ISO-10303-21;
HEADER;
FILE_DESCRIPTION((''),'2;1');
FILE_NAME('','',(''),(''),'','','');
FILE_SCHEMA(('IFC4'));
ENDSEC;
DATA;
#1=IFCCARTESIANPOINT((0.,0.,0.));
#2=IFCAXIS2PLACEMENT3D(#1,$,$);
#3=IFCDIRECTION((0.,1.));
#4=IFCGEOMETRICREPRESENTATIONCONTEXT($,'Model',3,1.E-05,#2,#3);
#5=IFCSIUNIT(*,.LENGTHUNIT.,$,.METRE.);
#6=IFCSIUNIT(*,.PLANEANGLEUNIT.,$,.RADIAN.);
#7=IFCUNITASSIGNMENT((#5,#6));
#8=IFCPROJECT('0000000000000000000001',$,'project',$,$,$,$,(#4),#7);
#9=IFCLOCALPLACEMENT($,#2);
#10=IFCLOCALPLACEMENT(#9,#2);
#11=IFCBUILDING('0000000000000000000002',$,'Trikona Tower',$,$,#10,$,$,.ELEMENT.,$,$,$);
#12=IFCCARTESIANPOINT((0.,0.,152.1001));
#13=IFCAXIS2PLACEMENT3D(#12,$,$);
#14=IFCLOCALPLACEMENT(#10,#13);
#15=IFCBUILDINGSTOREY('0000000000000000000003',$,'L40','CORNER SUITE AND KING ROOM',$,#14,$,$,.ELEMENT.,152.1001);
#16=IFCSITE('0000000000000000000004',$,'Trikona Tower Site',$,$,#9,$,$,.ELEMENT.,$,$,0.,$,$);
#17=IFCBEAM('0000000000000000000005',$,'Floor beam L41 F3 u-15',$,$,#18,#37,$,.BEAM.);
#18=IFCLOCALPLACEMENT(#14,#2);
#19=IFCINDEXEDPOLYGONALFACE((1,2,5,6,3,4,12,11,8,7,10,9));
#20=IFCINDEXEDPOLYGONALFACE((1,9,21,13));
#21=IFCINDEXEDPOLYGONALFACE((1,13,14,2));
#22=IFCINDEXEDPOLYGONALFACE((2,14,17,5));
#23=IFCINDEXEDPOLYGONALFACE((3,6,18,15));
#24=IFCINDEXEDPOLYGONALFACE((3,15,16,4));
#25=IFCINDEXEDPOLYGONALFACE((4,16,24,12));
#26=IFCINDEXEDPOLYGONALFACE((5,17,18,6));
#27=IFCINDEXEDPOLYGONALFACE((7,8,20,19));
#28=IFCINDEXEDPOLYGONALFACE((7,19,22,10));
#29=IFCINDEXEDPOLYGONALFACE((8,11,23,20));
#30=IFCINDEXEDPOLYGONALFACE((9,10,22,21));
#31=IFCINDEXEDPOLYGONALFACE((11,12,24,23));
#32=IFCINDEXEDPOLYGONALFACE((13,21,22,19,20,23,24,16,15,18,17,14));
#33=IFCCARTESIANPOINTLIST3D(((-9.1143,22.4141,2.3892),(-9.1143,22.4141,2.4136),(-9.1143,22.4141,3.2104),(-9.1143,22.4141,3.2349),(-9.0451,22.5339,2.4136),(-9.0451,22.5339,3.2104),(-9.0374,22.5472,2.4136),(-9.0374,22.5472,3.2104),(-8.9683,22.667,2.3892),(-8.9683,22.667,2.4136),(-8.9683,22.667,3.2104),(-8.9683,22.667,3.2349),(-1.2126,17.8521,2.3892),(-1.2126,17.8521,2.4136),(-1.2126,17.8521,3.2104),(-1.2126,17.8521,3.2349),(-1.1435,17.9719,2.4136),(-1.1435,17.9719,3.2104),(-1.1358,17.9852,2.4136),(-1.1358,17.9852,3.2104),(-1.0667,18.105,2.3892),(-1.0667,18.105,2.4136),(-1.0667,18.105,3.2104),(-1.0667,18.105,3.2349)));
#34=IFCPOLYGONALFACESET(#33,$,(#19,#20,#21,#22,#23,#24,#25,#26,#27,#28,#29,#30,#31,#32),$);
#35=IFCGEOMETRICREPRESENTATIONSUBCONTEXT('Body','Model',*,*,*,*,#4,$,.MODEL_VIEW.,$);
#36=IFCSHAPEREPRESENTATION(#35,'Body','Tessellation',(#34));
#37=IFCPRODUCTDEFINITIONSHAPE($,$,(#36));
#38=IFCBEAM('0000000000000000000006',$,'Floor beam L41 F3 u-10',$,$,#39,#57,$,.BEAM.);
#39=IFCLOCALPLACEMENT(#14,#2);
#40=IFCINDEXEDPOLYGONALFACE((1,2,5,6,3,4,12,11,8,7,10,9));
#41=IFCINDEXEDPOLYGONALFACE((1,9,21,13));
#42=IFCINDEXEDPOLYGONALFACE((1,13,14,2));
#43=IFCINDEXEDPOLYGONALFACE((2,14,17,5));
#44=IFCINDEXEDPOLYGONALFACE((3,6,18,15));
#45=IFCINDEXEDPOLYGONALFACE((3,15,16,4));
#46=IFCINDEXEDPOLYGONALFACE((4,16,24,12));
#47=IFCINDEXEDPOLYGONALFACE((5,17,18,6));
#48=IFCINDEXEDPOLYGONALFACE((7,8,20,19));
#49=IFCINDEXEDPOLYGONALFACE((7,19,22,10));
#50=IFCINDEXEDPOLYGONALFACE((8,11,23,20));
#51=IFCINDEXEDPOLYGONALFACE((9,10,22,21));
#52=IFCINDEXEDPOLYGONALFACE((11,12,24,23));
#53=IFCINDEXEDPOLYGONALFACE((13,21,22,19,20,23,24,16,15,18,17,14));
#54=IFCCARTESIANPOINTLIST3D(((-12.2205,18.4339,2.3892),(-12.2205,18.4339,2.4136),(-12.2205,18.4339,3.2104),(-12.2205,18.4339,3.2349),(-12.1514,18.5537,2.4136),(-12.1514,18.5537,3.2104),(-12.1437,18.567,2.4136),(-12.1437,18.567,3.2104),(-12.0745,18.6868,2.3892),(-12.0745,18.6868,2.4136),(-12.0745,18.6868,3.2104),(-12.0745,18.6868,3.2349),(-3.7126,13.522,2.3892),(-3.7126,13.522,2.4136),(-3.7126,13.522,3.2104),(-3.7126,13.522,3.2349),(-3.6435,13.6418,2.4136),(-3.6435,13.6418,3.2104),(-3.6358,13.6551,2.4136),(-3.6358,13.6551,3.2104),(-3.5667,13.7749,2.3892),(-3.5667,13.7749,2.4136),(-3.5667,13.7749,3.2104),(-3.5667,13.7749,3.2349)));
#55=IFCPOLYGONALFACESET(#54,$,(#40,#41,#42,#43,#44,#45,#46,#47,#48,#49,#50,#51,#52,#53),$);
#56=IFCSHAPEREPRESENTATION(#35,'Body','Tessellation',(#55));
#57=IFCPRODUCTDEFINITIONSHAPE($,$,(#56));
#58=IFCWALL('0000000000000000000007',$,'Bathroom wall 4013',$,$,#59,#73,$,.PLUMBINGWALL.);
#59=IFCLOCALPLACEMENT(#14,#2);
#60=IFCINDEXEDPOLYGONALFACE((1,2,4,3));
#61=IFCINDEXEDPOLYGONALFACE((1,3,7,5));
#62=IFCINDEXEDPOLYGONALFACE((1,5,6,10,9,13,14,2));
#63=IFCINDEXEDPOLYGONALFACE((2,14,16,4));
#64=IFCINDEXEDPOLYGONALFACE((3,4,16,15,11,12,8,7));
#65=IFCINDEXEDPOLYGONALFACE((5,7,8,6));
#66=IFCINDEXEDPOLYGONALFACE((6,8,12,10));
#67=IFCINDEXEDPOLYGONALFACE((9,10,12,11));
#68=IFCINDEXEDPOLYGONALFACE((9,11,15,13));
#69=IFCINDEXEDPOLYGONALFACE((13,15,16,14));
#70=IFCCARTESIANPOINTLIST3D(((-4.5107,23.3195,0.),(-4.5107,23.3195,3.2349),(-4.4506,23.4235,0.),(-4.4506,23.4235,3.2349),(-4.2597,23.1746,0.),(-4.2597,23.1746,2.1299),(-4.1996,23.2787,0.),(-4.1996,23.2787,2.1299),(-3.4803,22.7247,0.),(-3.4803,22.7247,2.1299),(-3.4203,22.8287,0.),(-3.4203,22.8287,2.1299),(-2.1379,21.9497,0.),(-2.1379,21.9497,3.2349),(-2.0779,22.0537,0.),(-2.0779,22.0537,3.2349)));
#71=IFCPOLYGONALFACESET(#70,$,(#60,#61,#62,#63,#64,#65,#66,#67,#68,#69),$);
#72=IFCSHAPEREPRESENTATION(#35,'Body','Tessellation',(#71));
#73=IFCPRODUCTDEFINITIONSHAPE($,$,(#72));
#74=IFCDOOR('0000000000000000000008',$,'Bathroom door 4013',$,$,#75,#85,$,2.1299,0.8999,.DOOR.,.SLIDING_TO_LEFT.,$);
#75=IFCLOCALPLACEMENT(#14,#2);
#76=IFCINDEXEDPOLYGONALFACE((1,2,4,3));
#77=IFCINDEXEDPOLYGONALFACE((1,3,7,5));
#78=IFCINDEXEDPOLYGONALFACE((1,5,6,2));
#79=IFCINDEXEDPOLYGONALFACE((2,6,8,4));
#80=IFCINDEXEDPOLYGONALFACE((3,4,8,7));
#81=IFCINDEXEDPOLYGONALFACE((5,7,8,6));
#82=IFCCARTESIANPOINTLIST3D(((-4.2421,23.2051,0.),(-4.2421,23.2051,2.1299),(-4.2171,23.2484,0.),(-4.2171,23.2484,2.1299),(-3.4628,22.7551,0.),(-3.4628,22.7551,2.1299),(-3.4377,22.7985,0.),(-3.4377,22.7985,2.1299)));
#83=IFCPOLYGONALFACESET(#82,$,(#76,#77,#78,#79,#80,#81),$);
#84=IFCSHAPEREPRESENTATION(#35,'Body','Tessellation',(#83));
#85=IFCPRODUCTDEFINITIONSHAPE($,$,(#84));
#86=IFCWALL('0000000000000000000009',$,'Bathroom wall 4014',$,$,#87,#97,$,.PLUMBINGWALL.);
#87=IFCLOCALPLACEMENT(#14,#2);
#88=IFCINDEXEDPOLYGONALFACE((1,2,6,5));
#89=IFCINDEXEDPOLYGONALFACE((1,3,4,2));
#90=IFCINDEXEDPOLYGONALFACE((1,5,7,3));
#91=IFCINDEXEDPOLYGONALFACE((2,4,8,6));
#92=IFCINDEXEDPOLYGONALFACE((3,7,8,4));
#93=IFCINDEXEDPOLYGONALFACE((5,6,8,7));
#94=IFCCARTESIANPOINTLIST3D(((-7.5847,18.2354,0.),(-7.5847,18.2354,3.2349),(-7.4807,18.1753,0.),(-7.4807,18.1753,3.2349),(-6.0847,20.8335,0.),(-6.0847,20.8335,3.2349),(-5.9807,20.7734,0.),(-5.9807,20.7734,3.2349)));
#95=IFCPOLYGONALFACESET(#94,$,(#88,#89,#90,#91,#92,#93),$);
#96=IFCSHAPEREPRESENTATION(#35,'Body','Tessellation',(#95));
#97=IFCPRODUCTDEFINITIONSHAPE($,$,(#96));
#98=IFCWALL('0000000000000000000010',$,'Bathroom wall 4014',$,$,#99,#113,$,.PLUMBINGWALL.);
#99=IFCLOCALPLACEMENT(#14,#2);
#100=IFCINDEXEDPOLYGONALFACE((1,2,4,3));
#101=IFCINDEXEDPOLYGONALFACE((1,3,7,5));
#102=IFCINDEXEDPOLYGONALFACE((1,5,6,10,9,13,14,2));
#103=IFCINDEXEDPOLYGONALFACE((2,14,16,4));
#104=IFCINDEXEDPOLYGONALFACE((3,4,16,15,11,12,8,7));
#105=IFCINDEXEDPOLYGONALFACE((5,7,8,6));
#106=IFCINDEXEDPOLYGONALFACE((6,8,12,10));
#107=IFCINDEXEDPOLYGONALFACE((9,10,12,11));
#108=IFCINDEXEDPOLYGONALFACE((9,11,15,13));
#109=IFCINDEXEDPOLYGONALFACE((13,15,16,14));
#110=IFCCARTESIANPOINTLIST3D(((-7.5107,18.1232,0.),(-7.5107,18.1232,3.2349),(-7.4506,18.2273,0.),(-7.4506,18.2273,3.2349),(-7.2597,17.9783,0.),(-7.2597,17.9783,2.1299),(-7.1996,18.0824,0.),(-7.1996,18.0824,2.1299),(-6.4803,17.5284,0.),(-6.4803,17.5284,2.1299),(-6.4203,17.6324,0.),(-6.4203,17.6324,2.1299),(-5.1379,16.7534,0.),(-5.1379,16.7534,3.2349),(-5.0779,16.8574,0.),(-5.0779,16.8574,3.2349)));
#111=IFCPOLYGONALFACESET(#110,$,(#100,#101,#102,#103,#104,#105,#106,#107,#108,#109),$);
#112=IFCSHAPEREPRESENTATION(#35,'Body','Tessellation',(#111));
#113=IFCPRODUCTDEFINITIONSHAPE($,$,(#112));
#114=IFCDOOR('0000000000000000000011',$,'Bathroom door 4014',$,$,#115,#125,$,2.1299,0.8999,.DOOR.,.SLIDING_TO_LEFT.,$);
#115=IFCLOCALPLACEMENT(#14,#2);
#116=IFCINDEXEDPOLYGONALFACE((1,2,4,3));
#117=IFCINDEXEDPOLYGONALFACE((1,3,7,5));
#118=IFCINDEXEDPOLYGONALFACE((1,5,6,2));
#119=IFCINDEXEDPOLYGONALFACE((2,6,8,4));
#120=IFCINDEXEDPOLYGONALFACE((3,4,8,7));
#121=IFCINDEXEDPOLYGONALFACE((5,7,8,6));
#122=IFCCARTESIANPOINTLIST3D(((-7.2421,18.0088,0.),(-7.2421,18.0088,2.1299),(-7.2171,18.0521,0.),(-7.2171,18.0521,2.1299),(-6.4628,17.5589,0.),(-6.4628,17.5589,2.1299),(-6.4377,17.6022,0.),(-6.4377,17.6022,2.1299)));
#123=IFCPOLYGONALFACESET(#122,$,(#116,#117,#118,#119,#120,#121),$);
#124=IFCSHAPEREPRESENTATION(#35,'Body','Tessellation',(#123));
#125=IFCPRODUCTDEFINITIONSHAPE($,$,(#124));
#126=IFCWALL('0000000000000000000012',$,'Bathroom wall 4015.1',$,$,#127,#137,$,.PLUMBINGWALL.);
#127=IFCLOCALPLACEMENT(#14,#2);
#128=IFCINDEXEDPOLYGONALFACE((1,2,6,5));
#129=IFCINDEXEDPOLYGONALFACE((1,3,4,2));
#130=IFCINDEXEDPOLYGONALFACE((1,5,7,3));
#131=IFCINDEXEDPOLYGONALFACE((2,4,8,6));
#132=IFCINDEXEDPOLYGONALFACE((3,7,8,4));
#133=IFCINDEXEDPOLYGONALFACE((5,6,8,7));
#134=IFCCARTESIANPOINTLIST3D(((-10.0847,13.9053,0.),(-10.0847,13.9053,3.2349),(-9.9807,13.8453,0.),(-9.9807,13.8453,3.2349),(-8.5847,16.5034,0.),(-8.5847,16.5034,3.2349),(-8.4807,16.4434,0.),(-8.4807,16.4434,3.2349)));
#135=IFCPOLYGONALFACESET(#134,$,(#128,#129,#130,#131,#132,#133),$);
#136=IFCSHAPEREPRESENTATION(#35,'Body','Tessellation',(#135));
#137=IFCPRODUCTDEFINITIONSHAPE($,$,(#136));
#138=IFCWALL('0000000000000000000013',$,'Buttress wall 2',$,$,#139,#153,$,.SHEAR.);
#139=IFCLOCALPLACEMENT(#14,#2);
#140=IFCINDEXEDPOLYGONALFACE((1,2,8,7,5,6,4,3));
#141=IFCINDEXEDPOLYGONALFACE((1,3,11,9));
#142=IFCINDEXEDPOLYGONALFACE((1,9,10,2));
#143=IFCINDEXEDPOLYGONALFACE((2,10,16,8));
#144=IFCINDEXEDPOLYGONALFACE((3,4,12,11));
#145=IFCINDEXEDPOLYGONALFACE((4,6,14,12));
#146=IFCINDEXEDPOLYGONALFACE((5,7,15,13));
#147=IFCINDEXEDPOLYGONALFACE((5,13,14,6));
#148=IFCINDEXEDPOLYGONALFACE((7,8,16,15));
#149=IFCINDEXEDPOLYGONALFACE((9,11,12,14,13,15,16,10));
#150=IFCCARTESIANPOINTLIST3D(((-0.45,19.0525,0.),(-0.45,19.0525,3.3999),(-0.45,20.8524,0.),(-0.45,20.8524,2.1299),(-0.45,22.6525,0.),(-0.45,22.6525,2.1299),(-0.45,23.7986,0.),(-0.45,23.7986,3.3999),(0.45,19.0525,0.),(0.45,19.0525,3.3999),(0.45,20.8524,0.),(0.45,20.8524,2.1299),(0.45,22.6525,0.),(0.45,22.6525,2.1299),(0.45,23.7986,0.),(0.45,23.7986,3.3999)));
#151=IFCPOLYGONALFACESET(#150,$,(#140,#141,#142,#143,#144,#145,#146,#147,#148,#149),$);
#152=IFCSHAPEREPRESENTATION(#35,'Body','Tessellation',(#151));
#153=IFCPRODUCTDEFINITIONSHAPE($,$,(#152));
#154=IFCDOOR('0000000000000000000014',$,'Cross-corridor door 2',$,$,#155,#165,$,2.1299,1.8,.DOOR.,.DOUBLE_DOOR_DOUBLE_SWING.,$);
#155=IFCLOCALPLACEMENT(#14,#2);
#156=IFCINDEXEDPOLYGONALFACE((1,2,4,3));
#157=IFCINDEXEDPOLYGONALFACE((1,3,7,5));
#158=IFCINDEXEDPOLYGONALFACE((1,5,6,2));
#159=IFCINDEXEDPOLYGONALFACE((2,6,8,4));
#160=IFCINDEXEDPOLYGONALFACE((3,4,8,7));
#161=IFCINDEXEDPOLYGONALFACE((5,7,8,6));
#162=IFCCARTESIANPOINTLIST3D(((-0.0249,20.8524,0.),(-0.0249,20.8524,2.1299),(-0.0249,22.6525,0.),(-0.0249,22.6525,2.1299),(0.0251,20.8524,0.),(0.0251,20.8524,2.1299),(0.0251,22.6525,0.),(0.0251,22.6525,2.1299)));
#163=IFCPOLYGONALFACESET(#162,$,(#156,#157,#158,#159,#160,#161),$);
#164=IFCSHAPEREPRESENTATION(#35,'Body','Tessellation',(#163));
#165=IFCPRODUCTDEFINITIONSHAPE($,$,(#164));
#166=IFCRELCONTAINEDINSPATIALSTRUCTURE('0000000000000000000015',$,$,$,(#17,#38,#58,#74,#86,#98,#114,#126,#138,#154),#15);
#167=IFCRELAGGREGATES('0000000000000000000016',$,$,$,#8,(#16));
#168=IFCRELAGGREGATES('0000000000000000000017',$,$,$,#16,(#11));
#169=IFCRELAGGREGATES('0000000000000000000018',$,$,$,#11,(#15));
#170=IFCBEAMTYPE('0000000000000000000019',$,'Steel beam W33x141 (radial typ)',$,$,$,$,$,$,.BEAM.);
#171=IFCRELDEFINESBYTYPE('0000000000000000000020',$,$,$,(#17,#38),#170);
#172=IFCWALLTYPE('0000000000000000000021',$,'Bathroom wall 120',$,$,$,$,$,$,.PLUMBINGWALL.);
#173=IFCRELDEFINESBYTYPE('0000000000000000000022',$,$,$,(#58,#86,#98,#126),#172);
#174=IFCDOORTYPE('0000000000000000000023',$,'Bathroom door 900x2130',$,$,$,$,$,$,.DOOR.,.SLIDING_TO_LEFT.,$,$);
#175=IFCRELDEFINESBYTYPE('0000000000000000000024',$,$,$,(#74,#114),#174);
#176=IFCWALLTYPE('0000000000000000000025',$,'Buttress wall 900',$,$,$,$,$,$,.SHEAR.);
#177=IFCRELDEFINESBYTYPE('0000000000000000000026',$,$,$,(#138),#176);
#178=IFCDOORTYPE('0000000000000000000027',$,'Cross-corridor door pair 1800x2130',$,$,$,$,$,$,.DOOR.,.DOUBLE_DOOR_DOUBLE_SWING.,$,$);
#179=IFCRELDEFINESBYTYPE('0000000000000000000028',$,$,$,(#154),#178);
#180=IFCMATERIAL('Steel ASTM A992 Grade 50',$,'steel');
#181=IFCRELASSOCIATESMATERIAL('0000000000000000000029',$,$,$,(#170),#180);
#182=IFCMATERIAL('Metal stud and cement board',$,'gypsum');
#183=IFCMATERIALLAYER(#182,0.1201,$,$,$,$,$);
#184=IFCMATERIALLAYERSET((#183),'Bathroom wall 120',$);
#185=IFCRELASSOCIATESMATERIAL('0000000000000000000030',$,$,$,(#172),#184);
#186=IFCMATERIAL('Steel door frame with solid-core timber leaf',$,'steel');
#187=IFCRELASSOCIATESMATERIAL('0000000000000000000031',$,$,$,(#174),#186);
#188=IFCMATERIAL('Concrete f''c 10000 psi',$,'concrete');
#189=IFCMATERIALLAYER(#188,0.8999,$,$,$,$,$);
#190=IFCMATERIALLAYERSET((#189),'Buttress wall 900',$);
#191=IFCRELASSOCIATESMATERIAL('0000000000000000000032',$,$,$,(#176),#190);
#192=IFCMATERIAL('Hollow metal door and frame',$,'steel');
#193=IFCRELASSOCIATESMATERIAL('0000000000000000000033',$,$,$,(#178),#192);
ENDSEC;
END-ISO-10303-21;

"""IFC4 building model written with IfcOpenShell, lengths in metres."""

from ifc_helpers import new_model, si_unit, direction, frame, frame_2d, origin, origin_2d, place, context, subcontext, project, spatial, rectangle, i_section, extrude, material, layer, layer_set, material_profile, profile_set, type_object, element, fill, save


model = new_model("IFC4")

# Units and contexts
model_context = context("Model", 3, precision=1e-05, world=origin(), true_north=direction((0.0, 1.0)))
body_context = subcontext(model_context, "Body", "Model", "MODEL_VIEW")
ifc_project = project(units=[si_unit("LENGTHUNIT", "METRE"), si_unit("PLANEANGLEUNIT", "RADIAN")], contexts=[model_context])

# Site, building, storey
site_placement = place(None, origin())
site = spatial("IfcSite", under=ifc_project, at=site_placement, Name="Trikona Tower Site", CompositionType="ELEMENT", RefElevation=0.0)
building_placement = place(site_placement, origin())
building = spatial("IfcBuilding", under=site, at=building_placement, Name="Trikona Tower", CompositionType="ELEMENT")
storey_placement = place(building_placement, frame((0.0, 0.0, 152.1001)))
storey = spatial("IfcBuildingStorey", under=building, at=storey_placement, Name="L40", Description="CORNER SUITE AND KING ROOM", CompositionType="ELEMENT", Elevation=152.1001)

# Beams
ifc_material_1 = material(Name="Steel ASTM A992 Grade 50", Category="steel")
ifc_material_profile = material_profile(ifc_material_1, i_section(OverallWidth=0.292, OverallDepth=0.8457, WebThickness=0.0154, FlangeThickness=0.0244, at=origin_2d()), Name="W33X141")
ifc_profile_set = profile_set([ifc_material_profile], Name="Steel ASTM A992 Grade 50")
beam_type = type_object("IfcBeamType", Name="Steel beam W33x141 (radial typ)", PredefinedType="BEAM", material=ifc_profile_set)
beam_1_placement = place(storey_placement, frame((-1.1396, 17.9785, 2.812), z_axis=(-0.866025, 0.500001, 0.0), x_axis=(-0.500001, -0.866025, 0.0)))
element("IfcBeam", 1, at=beam_1_placement, inside=storey, type_object=beam_type, Name="Floor beam L41 F3 u-15", PredefinedType="BEAM", context=body_context, shape_type="SweptSolid", body=[
    extrude(i_section(OverallWidth=0.292, OverallDepth=0.8457, WebThickness=0.0154, FlangeThickness=0.0244, at=origin_2d()), origin(), (0.0, 0.0, 1.0), 9.124),
])
beam_2_placement = place(storey_placement, frame((-3.6396, 13.6484, 2.812), z_axis=(-0.866031, 0.499991, 0.0), x_axis=(-0.499991, -0.866031, 0.0)))
element("IfcBeam", 2, at=beam_2_placement, inside=storey, type_object=beam_type, Name="Floor beam L41 F3 u-10", PredefinedType="BEAM", context=body_context, shape_type="SweptSolid", body=[
    extrude(i_section(OverallWidth=0.292, OverallDepth=0.8457, WebThickness=0.0154, FlangeThickness=0.0244, at=origin_2d()), origin(), (0.0, 0.0, 1.0), 9.824),
])

# Wall, opening, door
ifc_material_2 = material(Name="Metal stud and cement board", Category="gypsum")
ifc_layer_1 = layer(ifc_material_2, 0.1201)
ifc_layer_set_1 = layer_set([ifc_layer_1], Name="Bathroom wall 120")
wall_type_1 = type_object("IfcWallType", Name="Bathroom wall 120", PredefinedType="PLUMBINGWALL", material=ifc_layer_set_1)
wall_1_placement = place(storey_placement, frame((-2.1079, 22.0017, 0.0), z_axis=(0.0, 0.0, 1.0), x_axis=(-0.866036, 0.499982, 0.0)))
wall_1 = element("IfcWall", 3, at=wall_1_placement, inside=storey, type_object=wall_type_1, Name="Bathroom wall 4013", PredefinedType="PLUMBINGWALL", context=body_context, shape_type="SweptSolid", body=[
    extrude(rectangle(XDim=2.7397, YDim=0.1201, at=frame_2d((1.3699, 0.0))), origin(), (0.0, 0.0, 1.0), 3.2349),
])
opening_1_placement = place(wall_1_placement, frame((1.55, 0.0, 0.0)))
opening_1 = element("IfcOpeningElement", 4, at=opening_1_placement, cuts=wall_1, PredefinedType="OPENING", context=body_context, shape_type="SweptSolid", body=[
    extrude(rectangle(XDim=0.8999, YDim=2.1299, at=frame_2d((0.45, 1.0649))), frame((0.0, 0.0701, 0.0), z_axis=(0.0, -1.0, 0.0), x_axis=(1.0, 0.0, 0.0)), (0.0, 0.0, 1.0), 0.1401),
])
ifc_material_3 = material(Name="Steel door frame with solid-core timber leaf", Category="steel")
door_type_1 = type_object("IfcDoorType", Name="Bathroom door 900x2130", OperationType="SLIDING_TO_LEFT", PredefinedType="DOOR", material=ifc_material_3)
door_1_placement = place(opening_1_placement, origin())
door_1 = element("IfcDoor", 5, at=door_1_placement, inside=storey, type_object=door_type_1, Name="Bathroom door 4013", OperationType="SLIDING_TO_LEFT", OverallHeight=2.1299, OverallWidth=0.8999, PredefinedType="DOOR", context=body_context, shape_type="SweptSolid", body=[
    extrude(rectangle(XDim=0.8999, YDim=2.1299, at=frame_2d((0.45, 1.0649))), frame((0.0, 0.0249, 0.0), z_axis=(0.0, -1.0, 0.0), x_axis=(1.0, 0.0, 0.0)), (0.0, 0.0, 1.0), 0.05),
])
fill(opening_1, door_1)

# Wall
wall_2_placement = place(storey_placement, frame((-6.0327, 20.8035, 0.0), z_axis=(0.0, 0.0, 1.0), x_axis=(-0.49999, -0.866031, 0.0)))
element("IfcWall", 6, at=wall_2_placement, inside=storey, type_object=wall_type_1, Name="Bathroom wall 4014", PredefinedType="PLUMBINGWALL", context=body_context, shape_type="SweptSolid", body=[
    extrude(rectangle(XDim=3.0, YDim=0.1201, at=frame_2d((1.5, 0.0))), origin(), (0.0, 0.0, 1.0), 3.2349),
])

# Wall, opening, door
wall_3_placement = place(storey_placement, frame((-5.1079, 16.8054, 0.0), z_axis=(0.0, 0.0, 1.0), x_axis=(-0.866036, 0.499982, 0.0)))
wall_3 = element("IfcWall", 7, at=wall_3_placement, inside=storey, type_object=wall_type_1, Name="Bathroom wall 4014", PredefinedType="PLUMBINGWALL", context=body_context, shape_type="SweptSolid", body=[
    extrude(rectangle(XDim=2.7397, YDim=0.1201, at=frame_2d((1.3699, 0.0))), origin(), (0.0, 0.0, 1.0), 3.2349),
])
opening_2_placement = place(wall_3_placement, frame((1.55, 0.0, 0.0)))
opening_2 = element("IfcOpeningElement", 8, at=opening_2_placement, cuts=wall_3, PredefinedType="OPENING", context=body_context, shape_type="SweptSolid", body=[
    extrude(rectangle(XDim=0.8999, YDim=2.1299, at=frame_2d((0.45, 1.0649))), frame((0.0, 0.0701, 0.0), z_axis=(0.0, -1.0, 0.0), x_axis=(1.0, 0.0, 0.0)), (0.0, 0.0, 1.0), 0.1401),
])
door_2_placement = place(opening_2_placement, origin())
door_2 = element("IfcDoor", 9, at=door_2_placement, inside=storey, type_object=door_type_1, Name="Bathroom door 4014", OperationType="SLIDING_TO_LEFT", OverallHeight=2.1299, OverallWidth=0.8999, PredefinedType="DOOR", context=body_context, shape_type="SweptSolid", body=[
    extrude(rectangle(XDim=0.8999, YDim=2.1299, at=frame_2d((0.45, 1.0649))), frame((0.0, 0.0249, 0.0), z_axis=(0.0, -1.0, 0.0), x_axis=(1.0, 0.0, 0.0)), (0.0, 0.0, 1.0), 0.05),
])
fill(opening_2, door_2)

# Wall
wall_4_placement = place(storey_placement, frame((-8.5327, 16.4734, 0.0), z_axis=(0.0, 0.0, 1.0), x_axis=(-0.49999, -0.866031, 0.0)))
element("IfcWall", 10, at=wall_4_placement, inside=storey, type_object=wall_type_1, Name="Bathroom wall 4015.1", PredefinedType="PLUMBINGWALL", context=body_context, shape_type="SweptSolid", body=[
    extrude(rectangle(XDim=3.0, YDim=0.1201, at=frame_2d((1.5, 0.0))), origin(), (0.0, 0.0, 1.0), 3.2349),
])

# Wall, opening, door
ifc_material_4 = material(Name="Concrete f'c 10000 psi", Category="concrete")
ifc_layer_2 = layer(ifc_material_4, 0.8999)
ifc_layer_set_2 = layer_set([ifc_layer_2], Name="Buttress wall 900")
wall_type_2 = type_object("IfcWallType", Name="Buttress wall 900", PredefinedType="SHEAR", material=ifc_layer_set_2)
wall_5_placement = place(storey_placement, frame((0.0, 19.0525, 0.0), z_axis=(0.0, 0.0, 1.0), x_axis=(0.0, 1.0, 0.0)))
wall_5 = element("IfcWall", 11, at=wall_5_placement, inside=storey, type_object=wall_type_2, Name="Buttress wall 2", PredefinedType="SHEAR", context=body_context, shape_type="SweptSolid", body=[
    extrude(rectangle(XDim=4.7461, YDim=0.8999, at=frame_2d((2.373, 0.0))), origin(), (0.0, 0.0, 1.0), 3.3999),
])
opening_3_placement = place(wall_5_placement, frame((1.8, 0.0, 0.0)))
opening_3 = element("IfcOpeningElement", 12, at=opening_3_placement, cuts=wall_5, PredefinedType="OPENING", context=body_context, shape_type="SweptSolid", body=[
    extrude(rectangle(XDim=1.8, YDim=2.1299, at=frame_2d((0.8999, 1.0649))), frame((0.0, 0.46, 0.0), z_axis=(0.0, -1.0, 0.0), x_axis=(1.0, 0.0, 0.0)), (0.0, 0.0, 1.0), 0.9199),
])
ifc_material_5 = material(Name="Hollow metal door and frame", Category="steel")
door_type_2 = type_object("IfcDoorType", Name="Cross-corridor door pair 1800x2130", OperationType="DOUBLE_DOOR_DOUBLE_SWING", PredefinedType="DOOR", material=ifc_material_5)
door_3_placement = place(opening_3_placement, origin())
door_3 = element("IfcDoor", 13, at=door_3_placement, inside=storey, type_object=door_type_2, Name="Cross-corridor door 2", OperationType="DOUBLE_DOOR_DOUBLE_SWING", OverallHeight=2.1299, OverallWidth=1.8, PredefinedType="DOOR", context=body_context, shape_type="SweptSolid", body=[
    extrude(rectangle(XDim=1.8, YDim=2.1299, at=frame_2d((0.8999, 1.0649))), frame((0.0, 0.0249, 0.0), z_axis=(0.0, -1.0, 0.0), x_axis=(1.0, 0.0, 0.0)), (0.0, 0.0, 1.0), 0.05),
])
fill(opening_3, door_3)

save(model, "model.ifc")
